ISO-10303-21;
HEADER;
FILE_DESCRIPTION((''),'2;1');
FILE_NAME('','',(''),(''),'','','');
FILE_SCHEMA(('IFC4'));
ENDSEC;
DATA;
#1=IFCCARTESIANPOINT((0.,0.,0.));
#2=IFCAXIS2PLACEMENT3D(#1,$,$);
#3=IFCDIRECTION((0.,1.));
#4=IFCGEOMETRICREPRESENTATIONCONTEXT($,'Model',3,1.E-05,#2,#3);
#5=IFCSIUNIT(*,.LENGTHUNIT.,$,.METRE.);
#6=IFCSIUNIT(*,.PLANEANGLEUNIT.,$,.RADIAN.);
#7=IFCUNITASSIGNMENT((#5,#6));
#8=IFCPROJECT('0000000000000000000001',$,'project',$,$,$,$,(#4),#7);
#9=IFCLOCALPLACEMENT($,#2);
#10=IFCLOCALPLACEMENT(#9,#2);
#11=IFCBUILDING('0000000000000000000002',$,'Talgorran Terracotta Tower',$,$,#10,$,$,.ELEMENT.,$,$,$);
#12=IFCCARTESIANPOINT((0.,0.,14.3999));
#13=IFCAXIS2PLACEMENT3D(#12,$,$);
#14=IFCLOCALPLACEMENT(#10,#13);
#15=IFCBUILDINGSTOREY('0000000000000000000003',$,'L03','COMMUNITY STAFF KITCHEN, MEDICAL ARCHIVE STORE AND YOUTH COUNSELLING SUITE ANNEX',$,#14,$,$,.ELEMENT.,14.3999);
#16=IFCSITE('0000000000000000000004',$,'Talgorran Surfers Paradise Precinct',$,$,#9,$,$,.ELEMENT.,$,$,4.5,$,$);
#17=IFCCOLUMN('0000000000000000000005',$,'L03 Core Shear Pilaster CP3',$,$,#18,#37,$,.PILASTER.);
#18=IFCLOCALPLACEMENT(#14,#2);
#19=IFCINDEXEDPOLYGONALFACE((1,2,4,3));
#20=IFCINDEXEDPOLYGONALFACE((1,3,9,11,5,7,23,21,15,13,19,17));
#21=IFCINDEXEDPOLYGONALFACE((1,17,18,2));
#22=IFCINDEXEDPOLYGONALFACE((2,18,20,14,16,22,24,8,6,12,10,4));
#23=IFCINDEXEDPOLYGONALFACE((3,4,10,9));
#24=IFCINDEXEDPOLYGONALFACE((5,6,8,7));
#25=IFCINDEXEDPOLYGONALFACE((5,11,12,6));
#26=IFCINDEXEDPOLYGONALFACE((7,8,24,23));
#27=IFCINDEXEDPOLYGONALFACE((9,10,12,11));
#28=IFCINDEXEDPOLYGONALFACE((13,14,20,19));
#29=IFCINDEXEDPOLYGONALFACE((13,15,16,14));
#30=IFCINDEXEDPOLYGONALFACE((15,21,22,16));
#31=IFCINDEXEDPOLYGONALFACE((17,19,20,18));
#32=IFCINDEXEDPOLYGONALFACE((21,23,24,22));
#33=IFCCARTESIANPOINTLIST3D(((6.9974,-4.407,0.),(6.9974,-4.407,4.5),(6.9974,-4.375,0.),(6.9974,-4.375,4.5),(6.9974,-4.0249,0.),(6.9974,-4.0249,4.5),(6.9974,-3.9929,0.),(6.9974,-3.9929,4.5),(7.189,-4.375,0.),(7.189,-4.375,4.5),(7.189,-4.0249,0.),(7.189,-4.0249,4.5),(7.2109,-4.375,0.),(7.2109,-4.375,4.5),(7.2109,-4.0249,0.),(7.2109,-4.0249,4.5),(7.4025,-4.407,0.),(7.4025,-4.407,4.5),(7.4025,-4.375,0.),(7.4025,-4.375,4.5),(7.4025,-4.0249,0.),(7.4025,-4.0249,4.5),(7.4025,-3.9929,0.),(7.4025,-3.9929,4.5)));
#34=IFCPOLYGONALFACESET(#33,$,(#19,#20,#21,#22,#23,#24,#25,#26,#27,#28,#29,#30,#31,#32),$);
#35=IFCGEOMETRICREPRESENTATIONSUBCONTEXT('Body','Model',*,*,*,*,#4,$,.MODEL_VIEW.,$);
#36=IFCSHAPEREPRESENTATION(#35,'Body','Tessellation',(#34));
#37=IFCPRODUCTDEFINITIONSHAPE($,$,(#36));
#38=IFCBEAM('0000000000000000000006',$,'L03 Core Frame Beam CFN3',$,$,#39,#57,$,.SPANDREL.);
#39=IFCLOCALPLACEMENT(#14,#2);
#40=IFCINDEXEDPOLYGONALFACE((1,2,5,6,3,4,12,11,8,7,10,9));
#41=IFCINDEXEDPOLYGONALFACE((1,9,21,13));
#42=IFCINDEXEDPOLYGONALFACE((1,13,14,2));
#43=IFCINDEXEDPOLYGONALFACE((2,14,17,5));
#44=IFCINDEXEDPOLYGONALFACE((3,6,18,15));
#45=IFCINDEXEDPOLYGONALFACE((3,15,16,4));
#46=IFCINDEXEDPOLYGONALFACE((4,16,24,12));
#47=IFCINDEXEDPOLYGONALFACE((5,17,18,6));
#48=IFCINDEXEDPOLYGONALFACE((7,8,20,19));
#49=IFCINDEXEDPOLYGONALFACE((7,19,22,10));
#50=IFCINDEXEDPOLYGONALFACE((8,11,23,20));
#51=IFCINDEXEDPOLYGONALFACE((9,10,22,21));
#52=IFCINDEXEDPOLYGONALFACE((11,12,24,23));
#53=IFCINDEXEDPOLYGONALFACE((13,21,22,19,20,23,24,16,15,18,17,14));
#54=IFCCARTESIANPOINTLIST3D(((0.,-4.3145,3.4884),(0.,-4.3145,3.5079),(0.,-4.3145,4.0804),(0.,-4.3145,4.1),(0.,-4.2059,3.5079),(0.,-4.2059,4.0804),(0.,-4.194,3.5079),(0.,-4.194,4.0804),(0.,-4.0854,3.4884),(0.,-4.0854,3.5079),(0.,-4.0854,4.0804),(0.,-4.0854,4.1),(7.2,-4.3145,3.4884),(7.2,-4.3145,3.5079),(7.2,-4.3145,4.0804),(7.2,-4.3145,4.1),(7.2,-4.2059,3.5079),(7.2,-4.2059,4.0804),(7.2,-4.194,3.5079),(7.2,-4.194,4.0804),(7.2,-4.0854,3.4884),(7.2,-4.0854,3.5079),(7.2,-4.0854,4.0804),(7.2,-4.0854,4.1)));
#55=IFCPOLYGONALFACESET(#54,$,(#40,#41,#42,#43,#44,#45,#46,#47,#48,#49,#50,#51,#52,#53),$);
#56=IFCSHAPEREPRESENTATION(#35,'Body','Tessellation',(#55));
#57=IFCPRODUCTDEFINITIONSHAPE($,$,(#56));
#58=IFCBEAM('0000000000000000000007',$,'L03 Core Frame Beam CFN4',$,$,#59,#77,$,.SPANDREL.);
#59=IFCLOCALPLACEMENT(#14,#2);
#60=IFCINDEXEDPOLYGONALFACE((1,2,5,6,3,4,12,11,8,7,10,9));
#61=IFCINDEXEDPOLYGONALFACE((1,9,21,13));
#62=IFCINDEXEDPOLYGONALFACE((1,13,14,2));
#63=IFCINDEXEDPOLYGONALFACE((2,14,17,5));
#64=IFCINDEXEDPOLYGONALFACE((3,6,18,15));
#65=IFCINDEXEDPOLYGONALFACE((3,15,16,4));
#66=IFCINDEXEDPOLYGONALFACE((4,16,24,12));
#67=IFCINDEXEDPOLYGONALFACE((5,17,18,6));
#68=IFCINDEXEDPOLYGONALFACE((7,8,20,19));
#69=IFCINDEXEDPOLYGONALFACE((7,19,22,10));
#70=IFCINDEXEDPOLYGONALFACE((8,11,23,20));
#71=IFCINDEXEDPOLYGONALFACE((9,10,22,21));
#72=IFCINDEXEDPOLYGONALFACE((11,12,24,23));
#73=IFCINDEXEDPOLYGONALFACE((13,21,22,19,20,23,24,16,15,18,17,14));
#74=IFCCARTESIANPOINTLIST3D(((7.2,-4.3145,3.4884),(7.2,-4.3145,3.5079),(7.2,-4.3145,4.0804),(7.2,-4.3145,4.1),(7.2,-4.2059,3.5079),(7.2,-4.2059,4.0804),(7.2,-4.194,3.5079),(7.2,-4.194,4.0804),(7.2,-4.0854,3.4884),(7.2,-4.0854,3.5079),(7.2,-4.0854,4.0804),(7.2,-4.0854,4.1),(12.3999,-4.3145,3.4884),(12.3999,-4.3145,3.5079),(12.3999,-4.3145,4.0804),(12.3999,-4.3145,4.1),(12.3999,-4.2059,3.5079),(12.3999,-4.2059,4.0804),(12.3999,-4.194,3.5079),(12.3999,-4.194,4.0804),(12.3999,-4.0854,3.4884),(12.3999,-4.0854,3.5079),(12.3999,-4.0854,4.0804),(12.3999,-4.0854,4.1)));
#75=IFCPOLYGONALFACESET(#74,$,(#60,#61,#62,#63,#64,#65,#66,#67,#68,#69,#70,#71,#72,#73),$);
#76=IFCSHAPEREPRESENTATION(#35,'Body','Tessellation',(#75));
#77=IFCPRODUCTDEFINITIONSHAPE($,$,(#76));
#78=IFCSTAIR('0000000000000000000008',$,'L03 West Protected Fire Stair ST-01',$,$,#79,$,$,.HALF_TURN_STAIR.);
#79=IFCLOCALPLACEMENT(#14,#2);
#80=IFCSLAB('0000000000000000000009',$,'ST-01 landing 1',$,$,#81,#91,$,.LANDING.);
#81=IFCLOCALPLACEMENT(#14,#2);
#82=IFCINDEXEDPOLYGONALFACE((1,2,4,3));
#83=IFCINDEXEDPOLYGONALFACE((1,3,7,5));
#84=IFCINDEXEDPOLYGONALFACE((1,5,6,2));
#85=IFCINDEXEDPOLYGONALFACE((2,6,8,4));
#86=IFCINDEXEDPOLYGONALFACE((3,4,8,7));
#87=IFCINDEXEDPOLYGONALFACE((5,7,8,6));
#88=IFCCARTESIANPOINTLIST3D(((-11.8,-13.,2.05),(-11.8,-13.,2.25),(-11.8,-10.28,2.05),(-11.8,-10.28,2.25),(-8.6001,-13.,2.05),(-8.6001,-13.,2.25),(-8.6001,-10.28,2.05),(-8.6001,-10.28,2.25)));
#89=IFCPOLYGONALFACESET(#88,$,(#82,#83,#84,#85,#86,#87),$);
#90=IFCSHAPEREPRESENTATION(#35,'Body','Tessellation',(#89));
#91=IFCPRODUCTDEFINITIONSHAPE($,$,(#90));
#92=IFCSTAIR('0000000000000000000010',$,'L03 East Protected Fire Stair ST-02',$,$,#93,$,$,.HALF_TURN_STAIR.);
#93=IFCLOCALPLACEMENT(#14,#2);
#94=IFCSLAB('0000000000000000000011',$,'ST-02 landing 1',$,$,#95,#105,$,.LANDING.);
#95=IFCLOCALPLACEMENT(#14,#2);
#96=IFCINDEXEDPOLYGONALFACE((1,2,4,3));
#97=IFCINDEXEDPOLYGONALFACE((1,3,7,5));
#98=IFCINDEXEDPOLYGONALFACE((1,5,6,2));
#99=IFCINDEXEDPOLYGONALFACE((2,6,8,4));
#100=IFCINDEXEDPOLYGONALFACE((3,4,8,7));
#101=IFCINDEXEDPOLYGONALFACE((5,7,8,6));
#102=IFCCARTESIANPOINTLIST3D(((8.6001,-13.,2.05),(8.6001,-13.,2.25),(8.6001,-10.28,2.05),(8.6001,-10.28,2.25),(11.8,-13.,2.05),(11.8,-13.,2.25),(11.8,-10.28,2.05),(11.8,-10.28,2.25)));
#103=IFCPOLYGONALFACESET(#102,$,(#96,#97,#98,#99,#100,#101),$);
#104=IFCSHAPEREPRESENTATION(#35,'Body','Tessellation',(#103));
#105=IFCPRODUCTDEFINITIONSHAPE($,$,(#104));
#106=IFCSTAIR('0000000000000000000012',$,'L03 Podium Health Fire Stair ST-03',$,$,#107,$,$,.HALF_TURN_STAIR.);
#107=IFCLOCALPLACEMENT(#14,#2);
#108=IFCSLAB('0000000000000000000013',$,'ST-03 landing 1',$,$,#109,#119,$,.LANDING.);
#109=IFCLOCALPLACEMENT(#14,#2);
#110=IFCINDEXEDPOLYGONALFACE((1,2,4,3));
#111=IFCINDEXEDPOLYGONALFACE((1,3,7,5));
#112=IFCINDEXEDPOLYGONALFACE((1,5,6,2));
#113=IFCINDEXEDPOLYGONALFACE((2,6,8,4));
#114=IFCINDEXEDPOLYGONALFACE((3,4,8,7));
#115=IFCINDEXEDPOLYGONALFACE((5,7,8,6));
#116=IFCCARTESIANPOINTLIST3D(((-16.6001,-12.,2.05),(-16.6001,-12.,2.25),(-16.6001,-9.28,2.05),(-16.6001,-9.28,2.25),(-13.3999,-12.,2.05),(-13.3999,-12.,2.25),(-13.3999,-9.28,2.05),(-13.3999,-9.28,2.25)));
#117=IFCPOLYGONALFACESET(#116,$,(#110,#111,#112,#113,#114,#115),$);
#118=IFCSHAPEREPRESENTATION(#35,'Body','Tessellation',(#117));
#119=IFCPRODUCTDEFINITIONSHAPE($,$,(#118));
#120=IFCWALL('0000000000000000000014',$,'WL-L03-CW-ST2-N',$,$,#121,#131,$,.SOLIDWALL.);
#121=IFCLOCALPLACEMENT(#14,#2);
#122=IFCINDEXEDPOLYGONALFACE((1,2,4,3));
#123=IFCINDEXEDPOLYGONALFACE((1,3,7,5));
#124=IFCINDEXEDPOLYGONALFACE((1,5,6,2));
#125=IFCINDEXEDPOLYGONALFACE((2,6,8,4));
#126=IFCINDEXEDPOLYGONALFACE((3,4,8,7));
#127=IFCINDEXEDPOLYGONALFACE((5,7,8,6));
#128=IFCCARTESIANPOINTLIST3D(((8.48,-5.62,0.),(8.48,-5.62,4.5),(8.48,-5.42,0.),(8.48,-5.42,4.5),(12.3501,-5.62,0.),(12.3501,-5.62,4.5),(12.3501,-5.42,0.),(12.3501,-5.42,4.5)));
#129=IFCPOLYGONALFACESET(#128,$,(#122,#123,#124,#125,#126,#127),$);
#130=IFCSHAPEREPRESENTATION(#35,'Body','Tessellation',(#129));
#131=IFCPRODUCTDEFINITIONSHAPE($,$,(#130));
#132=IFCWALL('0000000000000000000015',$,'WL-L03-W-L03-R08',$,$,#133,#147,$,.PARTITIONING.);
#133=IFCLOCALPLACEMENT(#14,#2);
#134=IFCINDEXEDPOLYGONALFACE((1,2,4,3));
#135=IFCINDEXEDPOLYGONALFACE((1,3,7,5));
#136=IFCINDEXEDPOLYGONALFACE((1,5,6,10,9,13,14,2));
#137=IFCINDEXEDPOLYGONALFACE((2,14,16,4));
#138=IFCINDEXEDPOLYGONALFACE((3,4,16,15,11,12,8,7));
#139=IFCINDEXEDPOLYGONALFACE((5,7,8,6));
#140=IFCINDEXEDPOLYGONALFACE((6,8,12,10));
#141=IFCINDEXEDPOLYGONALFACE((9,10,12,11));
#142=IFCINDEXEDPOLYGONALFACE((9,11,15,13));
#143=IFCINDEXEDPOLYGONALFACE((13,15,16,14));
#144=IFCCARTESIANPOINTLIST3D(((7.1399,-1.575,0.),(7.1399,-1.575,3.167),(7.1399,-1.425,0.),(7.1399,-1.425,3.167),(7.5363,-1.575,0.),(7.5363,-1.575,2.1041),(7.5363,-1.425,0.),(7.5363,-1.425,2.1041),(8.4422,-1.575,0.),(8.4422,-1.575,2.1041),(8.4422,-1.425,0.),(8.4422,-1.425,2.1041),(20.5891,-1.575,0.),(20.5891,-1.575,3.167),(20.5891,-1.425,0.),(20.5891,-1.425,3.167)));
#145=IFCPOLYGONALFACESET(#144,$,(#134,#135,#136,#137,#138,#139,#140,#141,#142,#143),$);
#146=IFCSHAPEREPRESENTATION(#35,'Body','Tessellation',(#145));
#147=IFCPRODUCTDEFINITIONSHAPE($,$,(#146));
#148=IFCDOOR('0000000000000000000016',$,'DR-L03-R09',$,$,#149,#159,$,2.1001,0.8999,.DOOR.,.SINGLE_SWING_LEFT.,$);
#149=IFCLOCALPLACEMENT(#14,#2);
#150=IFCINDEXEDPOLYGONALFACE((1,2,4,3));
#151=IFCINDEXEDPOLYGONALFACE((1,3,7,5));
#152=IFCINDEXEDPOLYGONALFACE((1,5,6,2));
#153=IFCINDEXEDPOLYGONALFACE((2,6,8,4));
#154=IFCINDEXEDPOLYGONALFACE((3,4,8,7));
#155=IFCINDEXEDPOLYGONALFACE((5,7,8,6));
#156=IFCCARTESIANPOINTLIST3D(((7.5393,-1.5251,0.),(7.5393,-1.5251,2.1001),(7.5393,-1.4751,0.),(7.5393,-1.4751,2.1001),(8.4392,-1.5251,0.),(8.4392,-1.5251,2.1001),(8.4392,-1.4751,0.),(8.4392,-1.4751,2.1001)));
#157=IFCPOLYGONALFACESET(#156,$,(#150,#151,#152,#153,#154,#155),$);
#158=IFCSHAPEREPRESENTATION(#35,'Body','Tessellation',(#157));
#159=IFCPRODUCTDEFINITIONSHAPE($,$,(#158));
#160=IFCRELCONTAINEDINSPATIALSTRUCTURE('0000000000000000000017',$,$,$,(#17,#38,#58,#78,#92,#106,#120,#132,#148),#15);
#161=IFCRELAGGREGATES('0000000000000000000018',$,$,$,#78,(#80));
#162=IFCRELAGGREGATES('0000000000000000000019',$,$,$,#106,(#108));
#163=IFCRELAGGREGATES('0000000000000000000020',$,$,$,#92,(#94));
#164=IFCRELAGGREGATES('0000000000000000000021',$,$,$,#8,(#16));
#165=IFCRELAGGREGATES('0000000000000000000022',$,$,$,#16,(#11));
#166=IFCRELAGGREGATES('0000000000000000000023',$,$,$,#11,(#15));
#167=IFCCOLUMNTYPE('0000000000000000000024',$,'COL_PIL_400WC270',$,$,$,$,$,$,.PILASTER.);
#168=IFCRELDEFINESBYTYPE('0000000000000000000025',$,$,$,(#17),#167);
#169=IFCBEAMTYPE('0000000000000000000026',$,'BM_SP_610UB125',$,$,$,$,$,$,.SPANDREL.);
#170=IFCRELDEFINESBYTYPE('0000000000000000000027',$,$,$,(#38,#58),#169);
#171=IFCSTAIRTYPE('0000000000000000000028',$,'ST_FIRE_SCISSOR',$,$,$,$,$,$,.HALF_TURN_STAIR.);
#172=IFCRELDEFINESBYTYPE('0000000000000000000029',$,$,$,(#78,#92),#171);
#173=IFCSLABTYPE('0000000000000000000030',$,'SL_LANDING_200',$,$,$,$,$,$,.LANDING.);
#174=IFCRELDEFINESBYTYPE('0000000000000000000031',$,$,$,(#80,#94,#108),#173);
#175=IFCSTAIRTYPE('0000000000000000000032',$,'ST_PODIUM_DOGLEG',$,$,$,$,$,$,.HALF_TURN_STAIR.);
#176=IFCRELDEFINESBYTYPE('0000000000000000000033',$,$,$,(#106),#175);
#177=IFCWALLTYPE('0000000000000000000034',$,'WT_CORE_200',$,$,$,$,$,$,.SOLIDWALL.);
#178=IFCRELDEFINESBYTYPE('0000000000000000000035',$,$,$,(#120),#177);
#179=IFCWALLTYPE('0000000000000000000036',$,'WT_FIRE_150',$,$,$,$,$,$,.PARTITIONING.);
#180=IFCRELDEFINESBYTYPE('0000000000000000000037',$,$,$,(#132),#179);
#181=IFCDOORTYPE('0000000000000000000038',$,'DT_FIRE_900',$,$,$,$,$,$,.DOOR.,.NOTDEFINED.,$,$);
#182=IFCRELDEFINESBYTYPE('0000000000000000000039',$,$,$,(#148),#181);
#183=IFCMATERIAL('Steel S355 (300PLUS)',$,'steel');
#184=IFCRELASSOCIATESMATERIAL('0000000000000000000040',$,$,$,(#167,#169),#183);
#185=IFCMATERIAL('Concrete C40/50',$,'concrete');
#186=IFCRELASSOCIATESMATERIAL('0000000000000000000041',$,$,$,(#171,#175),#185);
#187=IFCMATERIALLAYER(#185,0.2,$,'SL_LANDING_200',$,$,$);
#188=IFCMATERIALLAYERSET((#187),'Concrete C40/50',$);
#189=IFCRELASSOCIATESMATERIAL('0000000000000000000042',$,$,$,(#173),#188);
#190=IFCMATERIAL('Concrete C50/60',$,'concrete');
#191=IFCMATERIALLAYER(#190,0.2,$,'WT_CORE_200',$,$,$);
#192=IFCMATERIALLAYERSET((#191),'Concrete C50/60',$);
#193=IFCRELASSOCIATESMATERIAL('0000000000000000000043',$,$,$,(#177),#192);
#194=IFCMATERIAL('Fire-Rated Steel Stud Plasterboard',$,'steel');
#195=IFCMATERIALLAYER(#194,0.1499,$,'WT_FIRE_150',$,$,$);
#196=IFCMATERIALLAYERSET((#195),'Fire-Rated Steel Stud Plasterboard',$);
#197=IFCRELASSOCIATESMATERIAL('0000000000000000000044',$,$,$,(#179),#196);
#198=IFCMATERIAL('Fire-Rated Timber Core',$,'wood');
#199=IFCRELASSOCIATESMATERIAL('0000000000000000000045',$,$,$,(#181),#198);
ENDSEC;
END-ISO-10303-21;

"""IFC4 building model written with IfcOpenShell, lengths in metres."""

from ifc_helpers import new_model, si_unit, direction, frame, frame_2d, origin, origin_2d, place, context, subcontext, project, spatial, polyline, rectangle, i_section, outline, extrude, material, layer, layer_set, material_profile, profile_set, type_object, element, fill, aggregate, save


model = new_model("IFC4")

# Units and contexts
model_context = context("Model", 3, precision=1e-05, world=origin(), true_north=direction((0.0, 1.0)))
body_context = subcontext(model_context, "Body", "Model", "MODEL_VIEW")
ifc_project = project(units=[si_unit("LENGTHUNIT", "METRE"), si_unit("PLANEANGLEUNIT", "RADIAN")], contexts=[model_context])

# Site, building, storey
site_placement = place(None, origin())
site = spatial("IfcSite", under=ifc_project, at=site_placement, Name="Talgorran Surfers Paradise Precinct", CompositionType="ELEMENT", RefElevation=4.5)
building_placement = place(site_placement, origin())
building = spatial("IfcBuilding", under=site, at=building_placement, Name="Talgorran Terracotta Tower", CompositionType="ELEMENT")
storey_placement = place(building_placement, frame((0.0, 0.0, 14.3999)))
storey = spatial("IfcBuildingStorey", under=building, at=storey_placement, Name="L03", Description="COMMUNITY STAFF KITCHEN, MEDICAL ARCHIVE STORE AND YOUTH COUNSELLING SUITE ANNEX", CompositionType="ELEMENT", Elevation=14.3999)

# Column
ifc_material_1 = material(Name="Steel S355 (300PLUS)", Category="steel")
ifc_material_profile_1 = material_profile(ifc_material_1, i_section(OverallWidth=0.405, OverallDepth=0.4141, WebThickness=0.022, FlangeThickness=0.032, at=origin_2d()), Name="400WC270")
ifc_profile_set_1 = profile_set([ifc_material_profile_1], Name="Steel S355 (300PLUS)")
column_type = type_object("IfcColumnType", Name="COL_PIL_400WC270", PredefinedType="PILASTER", material=ifc_profile_set_1)
column_placement = place(storey_placement, frame((7.2, -4.2, 0.0), z_axis=(0.0, 0.0, 1.0), x_axis=(1.0, 0.0, 0.0)))
element("IfcColumn", 1, at=column_placement, inside=storey, type_object=column_type, Name="L03 Core Shear Pilaster CP3", PredefinedType="PILASTER", context=body_context, shape_type="SweptSolid", body=[
    extrude(i_section(OverallWidth=0.405, OverallDepth=0.4141, WebThickness=0.022, FlangeThickness=0.032, at=origin_2d()), origin(), (0.0, 0.0, 1.0), 4.5),
])

# Beams
ifc_material_profile_2 = material_profile(ifc_material_1, i_section(OverallWidth=0.229, OverallDepth=0.6116, WebThickness=0.012, FlangeThickness=0.0195, at=origin_2d()), Name="610UB125")
ifc_profile_set_2 = profile_set([ifc_material_profile_2], Name="Steel S355 (300PLUS)")
beam_type = type_object("IfcBeamType", Name="BM_SP_610UB125", PredefinedType="SPANDREL", material=ifc_profile_set_2)
beam_1_placement = place(storey_placement, frame((0.0, -4.2, 3.7942), z_axis=(1.0, 0.0, 0.0), x_axis=(0.0, 1.0, 0.0)))
element("IfcBeam", 2, at=beam_1_placement, inside=storey, type_object=beam_type, Name="L03 Core Frame Beam CFN3", PredefinedType="SPANDREL", context=body_context, shape_type="SweptSolid", body=[
    extrude(i_section(OverallWidth=0.229, OverallDepth=0.6116, WebThickness=0.012, FlangeThickness=0.0195, at=origin_2d()), origin(), (0.0, 0.0, 1.0), 7.2),
])
beam_2_placement = place(storey_placement, frame((7.2, -4.2, 3.7942), z_axis=(1.0, 0.0, 0.0), x_axis=(0.0, 1.0, 0.0)))
element("IfcBeam", 3, at=beam_2_placement, inside=storey, type_object=beam_type, Name="L03 Core Frame Beam CFN4", PredefinedType="SPANDREL", context=body_context, shape_type="SweptSolid", body=[
    extrude(i_section(OverallWidth=0.229, OverallDepth=0.6116, WebThickness=0.012, FlangeThickness=0.0195, at=origin_2d()), origin(), (0.0, 0.0, 1.0), 5.2),
])

# Stairs, slabs
ifc_material_2 = material(Name="Concrete C40/50", Category="concrete")
stair_type_1 = type_object("IfcStairType", Name="ST_FIRE_SCISSOR", PredefinedType="HALF_TURN_STAIR", material=ifc_material_2)
stair_1_placement = place(storey_placement, origin())
stair_1 = element("IfcStair", 4, at=stair_1_placement, inside=storey, type_object=stair_type_1, Name="L03 West Protected Fire Stair ST-01", PredefinedType="HALF_TURN_STAIR")
ifc_layer_1 = layer(ifc_material_2, 0.2, Name="SL_LANDING_200")
ifc_layer_set_1 = layer_set([ifc_layer_1], Name="Concrete C40/50")
slab_type = type_object("IfcSlabType", Name="SL_LANDING_200", PredefinedType="LANDING", material=ifc_layer_set_1)
slab_1_placement = place(storey_placement, frame((0.0, 0.0, 2.05)))
slab_1 = element("IfcSlab", 5, at=slab_1_placement, type_object=slab_type, Name="ST-01 landing 1", PredefinedType="LANDING", context=body_context, shape_type="SweptSolid", body=[
    extrude(outline(polyline([(-11.8, -10.28), (-11.8, -13.0), (-8.6001, -13.0), (-8.6001, -10.28), (-11.8, -10.28)])), origin(), (0.0, 0.0, 1.0), 0.2),
])
aggregate(stair_1, [slab_1])
stair_2_placement = place(storey_placement, origin())
stair_2 = element("IfcStair", 6, at=stair_2_placement, inside=storey, type_object=stair_type_1, Name="L03 East Protected Fire Stair ST-02", PredefinedType="HALF_TURN_STAIR")
slab_2_placement = place(storey_placement, frame((0.0, 0.0, 2.05)))
slab_2 = element("IfcSlab", 7, at=slab_2_placement, type_object=slab_type, Name="ST-02 landing 1", PredefinedType="LANDING", context=body_context, shape_type="SweptSolid", body=[
    extrude(outline(polyline([(8.6001, -10.28), (8.6001, -13.0), (11.8, -13.0), (11.8, -10.28), (8.6001, -10.28)])), origin(), (0.0, 0.0, 1.0), 0.2),
])
stair_type_2 = type_object("IfcStairType", Name="ST_PODIUM_DOGLEG", PredefinedType="HALF_TURN_STAIR", material=ifc_material_2)
stair_3_placement = place(storey_placement, origin())
stair_3 = element("IfcStair", 8, at=stair_3_placement, inside=storey, type_object=stair_type_2, Name="L03 Podium Health Fire Stair ST-03", PredefinedType="HALF_TURN_STAIR")
slab_3_placement = place(storey_placement, frame((0.0, 0.0, 2.05)))
slab_3 = element("IfcSlab", 9, at=slab_3_placement, type_object=slab_type, Name="ST-03 landing 1", PredefinedType="LANDING", context=body_context, shape_type="SweptSolid", body=[
    extrude(outline(polyline([(-16.6001, -9.28), (-16.6001, -12.0), (-13.3999, -12.0), (-13.3999, -9.28), (-16.6001, -9.28)])), origin(), (0.0, 0.0, 1.0), 0.2),
])
aggregate(stair_3, [slab_3])

# Wall
ifc_material_3 = material(Name="Concrete C50/60", Category="concrete")
ifc_layer_2 = layer(ifc_material_3, 0.2, Name="WT_CORE_200")
ifc_layer_set_2 = layer_set([ifc_layer_2], Name="Concrete C50/60")
wall_type_1 = type_object("IfcWallType", Name="WT_CORE_200", PredefinedType="SOLIDWALL", material=ifc_layer_set_2)
wall_1_placement = place(storey_placement, frame((8.48, -5.52, 0.0), z_axis=(0.0, 0.0, 1.0), x_axis=(1.0, 0.0, 0.0)))
element("IfcWall", 10, at=wall_1_placement, inside=storey, type_object=wall_type_1, Name="WL-L03-CW-ST2-N", PredefinedType="SOLIDWALL", context=body_context, shape_type="SweptSolid", body=[
    extrude(rectangle(XDim=3.8701, YDim=0.2, at=frame_2d((1.9351, 0.0))), origin(), (0.0, 0.0, 1.0), 4.5),
])

# Wall, opening, door
ifc_material_4 = material(Name="Fire-Rated Steel Stud Plasterboard", Category="steel")
ifc_layer_3 = layer(ifc_material_4, 0.1499, Name="WT_FIRE_150")
ifc_layer_set_3 = layer_set([ifc_layer_3], Name="Fire-Rated Steel Stud Plasterboard")
wall_type_2 = type_object("IfcWallType", Name="WT_FIRE_150", PredefinedType="PARTITIONING", material=ifc_layer_set_3)
wall_2_placement = place(storey_placement, frame((7.1399, -1.5, 0.0), z_axis=(0.0, 0.0, 1.0), x_axis=(1.0, 0.0, 0.0)))
wall_2 = element("IfcWall", 11, at=wall_2_placement, inside=storey, type_object=wall_type_2, Name="WL-L03-W-L03-R08", PredefinedType="PARTITIONING", context=body_context, shape_type="SweptSolid", body=[
    extrude(rectangle(XDim=13.4492, YDim=0.1499, at=frame_2d((6.7246, 0.0))), origin(), (0.0, 0.0, 1.0), 3.167),
])
opening_1_placement = place(wall_2_placement, frame((0.3994, 0.0, 0.0)))
opening_1 = element("IfcOpeningElement", 12, at=opening_1_placement, cuts=wall_2, PredefinedType="OPENING", context=body_context, shape_type="SweptSolid", body=[
    extrude(rectangle(XDim=0.9059, YDim=2.1041, at=frame_2d((0.45, 1.052))), frame((0.0, 0.085, 0.0), z_axis=(0.0, -1.0, 0.0), x_axis=(1.0, 0.0, 0.0)), (0.0, 0.0, 1.0), 0.1699),
])
ifc_material_5 = material(Name="Fire-Rated Timber Core", Category="wood")
door_type = type_object("IfcDoorType", Name="DT_FIRE_900", OperationType="NOTDEFINED", PredefinedType="DOOR", material=ifc_material_5)
door_1_placement = place(opening_1_placement, origin())
door_1 = element("IfcDoor", 13, at=door_1_placement, inside=storey, type_object=door_type, Name="DR-L03-R09", OperationType="SINGLE_SWING_LEFT", OverallHeight=2.1001, OverallWidth=0.8999, PredefinedType="DOOR", context=body_context, shape_type="SweptSolid", body=[
    extrude(rectangle(XDim=0.8999, YDim=2.1001, at=frame_2d((0.45, 1.05))), frame((0.0, 0.0249, 0.0), z_axis=(0.0, -1.0, 0.0), x_axis=(1.0, 0.0, 0.0)), (0.0, 0.0, 1.0), 0.05),
])
fill(opening_1, door_1)

aggregate(stair_2, [slab_2])

save(model, "model.ifc")
